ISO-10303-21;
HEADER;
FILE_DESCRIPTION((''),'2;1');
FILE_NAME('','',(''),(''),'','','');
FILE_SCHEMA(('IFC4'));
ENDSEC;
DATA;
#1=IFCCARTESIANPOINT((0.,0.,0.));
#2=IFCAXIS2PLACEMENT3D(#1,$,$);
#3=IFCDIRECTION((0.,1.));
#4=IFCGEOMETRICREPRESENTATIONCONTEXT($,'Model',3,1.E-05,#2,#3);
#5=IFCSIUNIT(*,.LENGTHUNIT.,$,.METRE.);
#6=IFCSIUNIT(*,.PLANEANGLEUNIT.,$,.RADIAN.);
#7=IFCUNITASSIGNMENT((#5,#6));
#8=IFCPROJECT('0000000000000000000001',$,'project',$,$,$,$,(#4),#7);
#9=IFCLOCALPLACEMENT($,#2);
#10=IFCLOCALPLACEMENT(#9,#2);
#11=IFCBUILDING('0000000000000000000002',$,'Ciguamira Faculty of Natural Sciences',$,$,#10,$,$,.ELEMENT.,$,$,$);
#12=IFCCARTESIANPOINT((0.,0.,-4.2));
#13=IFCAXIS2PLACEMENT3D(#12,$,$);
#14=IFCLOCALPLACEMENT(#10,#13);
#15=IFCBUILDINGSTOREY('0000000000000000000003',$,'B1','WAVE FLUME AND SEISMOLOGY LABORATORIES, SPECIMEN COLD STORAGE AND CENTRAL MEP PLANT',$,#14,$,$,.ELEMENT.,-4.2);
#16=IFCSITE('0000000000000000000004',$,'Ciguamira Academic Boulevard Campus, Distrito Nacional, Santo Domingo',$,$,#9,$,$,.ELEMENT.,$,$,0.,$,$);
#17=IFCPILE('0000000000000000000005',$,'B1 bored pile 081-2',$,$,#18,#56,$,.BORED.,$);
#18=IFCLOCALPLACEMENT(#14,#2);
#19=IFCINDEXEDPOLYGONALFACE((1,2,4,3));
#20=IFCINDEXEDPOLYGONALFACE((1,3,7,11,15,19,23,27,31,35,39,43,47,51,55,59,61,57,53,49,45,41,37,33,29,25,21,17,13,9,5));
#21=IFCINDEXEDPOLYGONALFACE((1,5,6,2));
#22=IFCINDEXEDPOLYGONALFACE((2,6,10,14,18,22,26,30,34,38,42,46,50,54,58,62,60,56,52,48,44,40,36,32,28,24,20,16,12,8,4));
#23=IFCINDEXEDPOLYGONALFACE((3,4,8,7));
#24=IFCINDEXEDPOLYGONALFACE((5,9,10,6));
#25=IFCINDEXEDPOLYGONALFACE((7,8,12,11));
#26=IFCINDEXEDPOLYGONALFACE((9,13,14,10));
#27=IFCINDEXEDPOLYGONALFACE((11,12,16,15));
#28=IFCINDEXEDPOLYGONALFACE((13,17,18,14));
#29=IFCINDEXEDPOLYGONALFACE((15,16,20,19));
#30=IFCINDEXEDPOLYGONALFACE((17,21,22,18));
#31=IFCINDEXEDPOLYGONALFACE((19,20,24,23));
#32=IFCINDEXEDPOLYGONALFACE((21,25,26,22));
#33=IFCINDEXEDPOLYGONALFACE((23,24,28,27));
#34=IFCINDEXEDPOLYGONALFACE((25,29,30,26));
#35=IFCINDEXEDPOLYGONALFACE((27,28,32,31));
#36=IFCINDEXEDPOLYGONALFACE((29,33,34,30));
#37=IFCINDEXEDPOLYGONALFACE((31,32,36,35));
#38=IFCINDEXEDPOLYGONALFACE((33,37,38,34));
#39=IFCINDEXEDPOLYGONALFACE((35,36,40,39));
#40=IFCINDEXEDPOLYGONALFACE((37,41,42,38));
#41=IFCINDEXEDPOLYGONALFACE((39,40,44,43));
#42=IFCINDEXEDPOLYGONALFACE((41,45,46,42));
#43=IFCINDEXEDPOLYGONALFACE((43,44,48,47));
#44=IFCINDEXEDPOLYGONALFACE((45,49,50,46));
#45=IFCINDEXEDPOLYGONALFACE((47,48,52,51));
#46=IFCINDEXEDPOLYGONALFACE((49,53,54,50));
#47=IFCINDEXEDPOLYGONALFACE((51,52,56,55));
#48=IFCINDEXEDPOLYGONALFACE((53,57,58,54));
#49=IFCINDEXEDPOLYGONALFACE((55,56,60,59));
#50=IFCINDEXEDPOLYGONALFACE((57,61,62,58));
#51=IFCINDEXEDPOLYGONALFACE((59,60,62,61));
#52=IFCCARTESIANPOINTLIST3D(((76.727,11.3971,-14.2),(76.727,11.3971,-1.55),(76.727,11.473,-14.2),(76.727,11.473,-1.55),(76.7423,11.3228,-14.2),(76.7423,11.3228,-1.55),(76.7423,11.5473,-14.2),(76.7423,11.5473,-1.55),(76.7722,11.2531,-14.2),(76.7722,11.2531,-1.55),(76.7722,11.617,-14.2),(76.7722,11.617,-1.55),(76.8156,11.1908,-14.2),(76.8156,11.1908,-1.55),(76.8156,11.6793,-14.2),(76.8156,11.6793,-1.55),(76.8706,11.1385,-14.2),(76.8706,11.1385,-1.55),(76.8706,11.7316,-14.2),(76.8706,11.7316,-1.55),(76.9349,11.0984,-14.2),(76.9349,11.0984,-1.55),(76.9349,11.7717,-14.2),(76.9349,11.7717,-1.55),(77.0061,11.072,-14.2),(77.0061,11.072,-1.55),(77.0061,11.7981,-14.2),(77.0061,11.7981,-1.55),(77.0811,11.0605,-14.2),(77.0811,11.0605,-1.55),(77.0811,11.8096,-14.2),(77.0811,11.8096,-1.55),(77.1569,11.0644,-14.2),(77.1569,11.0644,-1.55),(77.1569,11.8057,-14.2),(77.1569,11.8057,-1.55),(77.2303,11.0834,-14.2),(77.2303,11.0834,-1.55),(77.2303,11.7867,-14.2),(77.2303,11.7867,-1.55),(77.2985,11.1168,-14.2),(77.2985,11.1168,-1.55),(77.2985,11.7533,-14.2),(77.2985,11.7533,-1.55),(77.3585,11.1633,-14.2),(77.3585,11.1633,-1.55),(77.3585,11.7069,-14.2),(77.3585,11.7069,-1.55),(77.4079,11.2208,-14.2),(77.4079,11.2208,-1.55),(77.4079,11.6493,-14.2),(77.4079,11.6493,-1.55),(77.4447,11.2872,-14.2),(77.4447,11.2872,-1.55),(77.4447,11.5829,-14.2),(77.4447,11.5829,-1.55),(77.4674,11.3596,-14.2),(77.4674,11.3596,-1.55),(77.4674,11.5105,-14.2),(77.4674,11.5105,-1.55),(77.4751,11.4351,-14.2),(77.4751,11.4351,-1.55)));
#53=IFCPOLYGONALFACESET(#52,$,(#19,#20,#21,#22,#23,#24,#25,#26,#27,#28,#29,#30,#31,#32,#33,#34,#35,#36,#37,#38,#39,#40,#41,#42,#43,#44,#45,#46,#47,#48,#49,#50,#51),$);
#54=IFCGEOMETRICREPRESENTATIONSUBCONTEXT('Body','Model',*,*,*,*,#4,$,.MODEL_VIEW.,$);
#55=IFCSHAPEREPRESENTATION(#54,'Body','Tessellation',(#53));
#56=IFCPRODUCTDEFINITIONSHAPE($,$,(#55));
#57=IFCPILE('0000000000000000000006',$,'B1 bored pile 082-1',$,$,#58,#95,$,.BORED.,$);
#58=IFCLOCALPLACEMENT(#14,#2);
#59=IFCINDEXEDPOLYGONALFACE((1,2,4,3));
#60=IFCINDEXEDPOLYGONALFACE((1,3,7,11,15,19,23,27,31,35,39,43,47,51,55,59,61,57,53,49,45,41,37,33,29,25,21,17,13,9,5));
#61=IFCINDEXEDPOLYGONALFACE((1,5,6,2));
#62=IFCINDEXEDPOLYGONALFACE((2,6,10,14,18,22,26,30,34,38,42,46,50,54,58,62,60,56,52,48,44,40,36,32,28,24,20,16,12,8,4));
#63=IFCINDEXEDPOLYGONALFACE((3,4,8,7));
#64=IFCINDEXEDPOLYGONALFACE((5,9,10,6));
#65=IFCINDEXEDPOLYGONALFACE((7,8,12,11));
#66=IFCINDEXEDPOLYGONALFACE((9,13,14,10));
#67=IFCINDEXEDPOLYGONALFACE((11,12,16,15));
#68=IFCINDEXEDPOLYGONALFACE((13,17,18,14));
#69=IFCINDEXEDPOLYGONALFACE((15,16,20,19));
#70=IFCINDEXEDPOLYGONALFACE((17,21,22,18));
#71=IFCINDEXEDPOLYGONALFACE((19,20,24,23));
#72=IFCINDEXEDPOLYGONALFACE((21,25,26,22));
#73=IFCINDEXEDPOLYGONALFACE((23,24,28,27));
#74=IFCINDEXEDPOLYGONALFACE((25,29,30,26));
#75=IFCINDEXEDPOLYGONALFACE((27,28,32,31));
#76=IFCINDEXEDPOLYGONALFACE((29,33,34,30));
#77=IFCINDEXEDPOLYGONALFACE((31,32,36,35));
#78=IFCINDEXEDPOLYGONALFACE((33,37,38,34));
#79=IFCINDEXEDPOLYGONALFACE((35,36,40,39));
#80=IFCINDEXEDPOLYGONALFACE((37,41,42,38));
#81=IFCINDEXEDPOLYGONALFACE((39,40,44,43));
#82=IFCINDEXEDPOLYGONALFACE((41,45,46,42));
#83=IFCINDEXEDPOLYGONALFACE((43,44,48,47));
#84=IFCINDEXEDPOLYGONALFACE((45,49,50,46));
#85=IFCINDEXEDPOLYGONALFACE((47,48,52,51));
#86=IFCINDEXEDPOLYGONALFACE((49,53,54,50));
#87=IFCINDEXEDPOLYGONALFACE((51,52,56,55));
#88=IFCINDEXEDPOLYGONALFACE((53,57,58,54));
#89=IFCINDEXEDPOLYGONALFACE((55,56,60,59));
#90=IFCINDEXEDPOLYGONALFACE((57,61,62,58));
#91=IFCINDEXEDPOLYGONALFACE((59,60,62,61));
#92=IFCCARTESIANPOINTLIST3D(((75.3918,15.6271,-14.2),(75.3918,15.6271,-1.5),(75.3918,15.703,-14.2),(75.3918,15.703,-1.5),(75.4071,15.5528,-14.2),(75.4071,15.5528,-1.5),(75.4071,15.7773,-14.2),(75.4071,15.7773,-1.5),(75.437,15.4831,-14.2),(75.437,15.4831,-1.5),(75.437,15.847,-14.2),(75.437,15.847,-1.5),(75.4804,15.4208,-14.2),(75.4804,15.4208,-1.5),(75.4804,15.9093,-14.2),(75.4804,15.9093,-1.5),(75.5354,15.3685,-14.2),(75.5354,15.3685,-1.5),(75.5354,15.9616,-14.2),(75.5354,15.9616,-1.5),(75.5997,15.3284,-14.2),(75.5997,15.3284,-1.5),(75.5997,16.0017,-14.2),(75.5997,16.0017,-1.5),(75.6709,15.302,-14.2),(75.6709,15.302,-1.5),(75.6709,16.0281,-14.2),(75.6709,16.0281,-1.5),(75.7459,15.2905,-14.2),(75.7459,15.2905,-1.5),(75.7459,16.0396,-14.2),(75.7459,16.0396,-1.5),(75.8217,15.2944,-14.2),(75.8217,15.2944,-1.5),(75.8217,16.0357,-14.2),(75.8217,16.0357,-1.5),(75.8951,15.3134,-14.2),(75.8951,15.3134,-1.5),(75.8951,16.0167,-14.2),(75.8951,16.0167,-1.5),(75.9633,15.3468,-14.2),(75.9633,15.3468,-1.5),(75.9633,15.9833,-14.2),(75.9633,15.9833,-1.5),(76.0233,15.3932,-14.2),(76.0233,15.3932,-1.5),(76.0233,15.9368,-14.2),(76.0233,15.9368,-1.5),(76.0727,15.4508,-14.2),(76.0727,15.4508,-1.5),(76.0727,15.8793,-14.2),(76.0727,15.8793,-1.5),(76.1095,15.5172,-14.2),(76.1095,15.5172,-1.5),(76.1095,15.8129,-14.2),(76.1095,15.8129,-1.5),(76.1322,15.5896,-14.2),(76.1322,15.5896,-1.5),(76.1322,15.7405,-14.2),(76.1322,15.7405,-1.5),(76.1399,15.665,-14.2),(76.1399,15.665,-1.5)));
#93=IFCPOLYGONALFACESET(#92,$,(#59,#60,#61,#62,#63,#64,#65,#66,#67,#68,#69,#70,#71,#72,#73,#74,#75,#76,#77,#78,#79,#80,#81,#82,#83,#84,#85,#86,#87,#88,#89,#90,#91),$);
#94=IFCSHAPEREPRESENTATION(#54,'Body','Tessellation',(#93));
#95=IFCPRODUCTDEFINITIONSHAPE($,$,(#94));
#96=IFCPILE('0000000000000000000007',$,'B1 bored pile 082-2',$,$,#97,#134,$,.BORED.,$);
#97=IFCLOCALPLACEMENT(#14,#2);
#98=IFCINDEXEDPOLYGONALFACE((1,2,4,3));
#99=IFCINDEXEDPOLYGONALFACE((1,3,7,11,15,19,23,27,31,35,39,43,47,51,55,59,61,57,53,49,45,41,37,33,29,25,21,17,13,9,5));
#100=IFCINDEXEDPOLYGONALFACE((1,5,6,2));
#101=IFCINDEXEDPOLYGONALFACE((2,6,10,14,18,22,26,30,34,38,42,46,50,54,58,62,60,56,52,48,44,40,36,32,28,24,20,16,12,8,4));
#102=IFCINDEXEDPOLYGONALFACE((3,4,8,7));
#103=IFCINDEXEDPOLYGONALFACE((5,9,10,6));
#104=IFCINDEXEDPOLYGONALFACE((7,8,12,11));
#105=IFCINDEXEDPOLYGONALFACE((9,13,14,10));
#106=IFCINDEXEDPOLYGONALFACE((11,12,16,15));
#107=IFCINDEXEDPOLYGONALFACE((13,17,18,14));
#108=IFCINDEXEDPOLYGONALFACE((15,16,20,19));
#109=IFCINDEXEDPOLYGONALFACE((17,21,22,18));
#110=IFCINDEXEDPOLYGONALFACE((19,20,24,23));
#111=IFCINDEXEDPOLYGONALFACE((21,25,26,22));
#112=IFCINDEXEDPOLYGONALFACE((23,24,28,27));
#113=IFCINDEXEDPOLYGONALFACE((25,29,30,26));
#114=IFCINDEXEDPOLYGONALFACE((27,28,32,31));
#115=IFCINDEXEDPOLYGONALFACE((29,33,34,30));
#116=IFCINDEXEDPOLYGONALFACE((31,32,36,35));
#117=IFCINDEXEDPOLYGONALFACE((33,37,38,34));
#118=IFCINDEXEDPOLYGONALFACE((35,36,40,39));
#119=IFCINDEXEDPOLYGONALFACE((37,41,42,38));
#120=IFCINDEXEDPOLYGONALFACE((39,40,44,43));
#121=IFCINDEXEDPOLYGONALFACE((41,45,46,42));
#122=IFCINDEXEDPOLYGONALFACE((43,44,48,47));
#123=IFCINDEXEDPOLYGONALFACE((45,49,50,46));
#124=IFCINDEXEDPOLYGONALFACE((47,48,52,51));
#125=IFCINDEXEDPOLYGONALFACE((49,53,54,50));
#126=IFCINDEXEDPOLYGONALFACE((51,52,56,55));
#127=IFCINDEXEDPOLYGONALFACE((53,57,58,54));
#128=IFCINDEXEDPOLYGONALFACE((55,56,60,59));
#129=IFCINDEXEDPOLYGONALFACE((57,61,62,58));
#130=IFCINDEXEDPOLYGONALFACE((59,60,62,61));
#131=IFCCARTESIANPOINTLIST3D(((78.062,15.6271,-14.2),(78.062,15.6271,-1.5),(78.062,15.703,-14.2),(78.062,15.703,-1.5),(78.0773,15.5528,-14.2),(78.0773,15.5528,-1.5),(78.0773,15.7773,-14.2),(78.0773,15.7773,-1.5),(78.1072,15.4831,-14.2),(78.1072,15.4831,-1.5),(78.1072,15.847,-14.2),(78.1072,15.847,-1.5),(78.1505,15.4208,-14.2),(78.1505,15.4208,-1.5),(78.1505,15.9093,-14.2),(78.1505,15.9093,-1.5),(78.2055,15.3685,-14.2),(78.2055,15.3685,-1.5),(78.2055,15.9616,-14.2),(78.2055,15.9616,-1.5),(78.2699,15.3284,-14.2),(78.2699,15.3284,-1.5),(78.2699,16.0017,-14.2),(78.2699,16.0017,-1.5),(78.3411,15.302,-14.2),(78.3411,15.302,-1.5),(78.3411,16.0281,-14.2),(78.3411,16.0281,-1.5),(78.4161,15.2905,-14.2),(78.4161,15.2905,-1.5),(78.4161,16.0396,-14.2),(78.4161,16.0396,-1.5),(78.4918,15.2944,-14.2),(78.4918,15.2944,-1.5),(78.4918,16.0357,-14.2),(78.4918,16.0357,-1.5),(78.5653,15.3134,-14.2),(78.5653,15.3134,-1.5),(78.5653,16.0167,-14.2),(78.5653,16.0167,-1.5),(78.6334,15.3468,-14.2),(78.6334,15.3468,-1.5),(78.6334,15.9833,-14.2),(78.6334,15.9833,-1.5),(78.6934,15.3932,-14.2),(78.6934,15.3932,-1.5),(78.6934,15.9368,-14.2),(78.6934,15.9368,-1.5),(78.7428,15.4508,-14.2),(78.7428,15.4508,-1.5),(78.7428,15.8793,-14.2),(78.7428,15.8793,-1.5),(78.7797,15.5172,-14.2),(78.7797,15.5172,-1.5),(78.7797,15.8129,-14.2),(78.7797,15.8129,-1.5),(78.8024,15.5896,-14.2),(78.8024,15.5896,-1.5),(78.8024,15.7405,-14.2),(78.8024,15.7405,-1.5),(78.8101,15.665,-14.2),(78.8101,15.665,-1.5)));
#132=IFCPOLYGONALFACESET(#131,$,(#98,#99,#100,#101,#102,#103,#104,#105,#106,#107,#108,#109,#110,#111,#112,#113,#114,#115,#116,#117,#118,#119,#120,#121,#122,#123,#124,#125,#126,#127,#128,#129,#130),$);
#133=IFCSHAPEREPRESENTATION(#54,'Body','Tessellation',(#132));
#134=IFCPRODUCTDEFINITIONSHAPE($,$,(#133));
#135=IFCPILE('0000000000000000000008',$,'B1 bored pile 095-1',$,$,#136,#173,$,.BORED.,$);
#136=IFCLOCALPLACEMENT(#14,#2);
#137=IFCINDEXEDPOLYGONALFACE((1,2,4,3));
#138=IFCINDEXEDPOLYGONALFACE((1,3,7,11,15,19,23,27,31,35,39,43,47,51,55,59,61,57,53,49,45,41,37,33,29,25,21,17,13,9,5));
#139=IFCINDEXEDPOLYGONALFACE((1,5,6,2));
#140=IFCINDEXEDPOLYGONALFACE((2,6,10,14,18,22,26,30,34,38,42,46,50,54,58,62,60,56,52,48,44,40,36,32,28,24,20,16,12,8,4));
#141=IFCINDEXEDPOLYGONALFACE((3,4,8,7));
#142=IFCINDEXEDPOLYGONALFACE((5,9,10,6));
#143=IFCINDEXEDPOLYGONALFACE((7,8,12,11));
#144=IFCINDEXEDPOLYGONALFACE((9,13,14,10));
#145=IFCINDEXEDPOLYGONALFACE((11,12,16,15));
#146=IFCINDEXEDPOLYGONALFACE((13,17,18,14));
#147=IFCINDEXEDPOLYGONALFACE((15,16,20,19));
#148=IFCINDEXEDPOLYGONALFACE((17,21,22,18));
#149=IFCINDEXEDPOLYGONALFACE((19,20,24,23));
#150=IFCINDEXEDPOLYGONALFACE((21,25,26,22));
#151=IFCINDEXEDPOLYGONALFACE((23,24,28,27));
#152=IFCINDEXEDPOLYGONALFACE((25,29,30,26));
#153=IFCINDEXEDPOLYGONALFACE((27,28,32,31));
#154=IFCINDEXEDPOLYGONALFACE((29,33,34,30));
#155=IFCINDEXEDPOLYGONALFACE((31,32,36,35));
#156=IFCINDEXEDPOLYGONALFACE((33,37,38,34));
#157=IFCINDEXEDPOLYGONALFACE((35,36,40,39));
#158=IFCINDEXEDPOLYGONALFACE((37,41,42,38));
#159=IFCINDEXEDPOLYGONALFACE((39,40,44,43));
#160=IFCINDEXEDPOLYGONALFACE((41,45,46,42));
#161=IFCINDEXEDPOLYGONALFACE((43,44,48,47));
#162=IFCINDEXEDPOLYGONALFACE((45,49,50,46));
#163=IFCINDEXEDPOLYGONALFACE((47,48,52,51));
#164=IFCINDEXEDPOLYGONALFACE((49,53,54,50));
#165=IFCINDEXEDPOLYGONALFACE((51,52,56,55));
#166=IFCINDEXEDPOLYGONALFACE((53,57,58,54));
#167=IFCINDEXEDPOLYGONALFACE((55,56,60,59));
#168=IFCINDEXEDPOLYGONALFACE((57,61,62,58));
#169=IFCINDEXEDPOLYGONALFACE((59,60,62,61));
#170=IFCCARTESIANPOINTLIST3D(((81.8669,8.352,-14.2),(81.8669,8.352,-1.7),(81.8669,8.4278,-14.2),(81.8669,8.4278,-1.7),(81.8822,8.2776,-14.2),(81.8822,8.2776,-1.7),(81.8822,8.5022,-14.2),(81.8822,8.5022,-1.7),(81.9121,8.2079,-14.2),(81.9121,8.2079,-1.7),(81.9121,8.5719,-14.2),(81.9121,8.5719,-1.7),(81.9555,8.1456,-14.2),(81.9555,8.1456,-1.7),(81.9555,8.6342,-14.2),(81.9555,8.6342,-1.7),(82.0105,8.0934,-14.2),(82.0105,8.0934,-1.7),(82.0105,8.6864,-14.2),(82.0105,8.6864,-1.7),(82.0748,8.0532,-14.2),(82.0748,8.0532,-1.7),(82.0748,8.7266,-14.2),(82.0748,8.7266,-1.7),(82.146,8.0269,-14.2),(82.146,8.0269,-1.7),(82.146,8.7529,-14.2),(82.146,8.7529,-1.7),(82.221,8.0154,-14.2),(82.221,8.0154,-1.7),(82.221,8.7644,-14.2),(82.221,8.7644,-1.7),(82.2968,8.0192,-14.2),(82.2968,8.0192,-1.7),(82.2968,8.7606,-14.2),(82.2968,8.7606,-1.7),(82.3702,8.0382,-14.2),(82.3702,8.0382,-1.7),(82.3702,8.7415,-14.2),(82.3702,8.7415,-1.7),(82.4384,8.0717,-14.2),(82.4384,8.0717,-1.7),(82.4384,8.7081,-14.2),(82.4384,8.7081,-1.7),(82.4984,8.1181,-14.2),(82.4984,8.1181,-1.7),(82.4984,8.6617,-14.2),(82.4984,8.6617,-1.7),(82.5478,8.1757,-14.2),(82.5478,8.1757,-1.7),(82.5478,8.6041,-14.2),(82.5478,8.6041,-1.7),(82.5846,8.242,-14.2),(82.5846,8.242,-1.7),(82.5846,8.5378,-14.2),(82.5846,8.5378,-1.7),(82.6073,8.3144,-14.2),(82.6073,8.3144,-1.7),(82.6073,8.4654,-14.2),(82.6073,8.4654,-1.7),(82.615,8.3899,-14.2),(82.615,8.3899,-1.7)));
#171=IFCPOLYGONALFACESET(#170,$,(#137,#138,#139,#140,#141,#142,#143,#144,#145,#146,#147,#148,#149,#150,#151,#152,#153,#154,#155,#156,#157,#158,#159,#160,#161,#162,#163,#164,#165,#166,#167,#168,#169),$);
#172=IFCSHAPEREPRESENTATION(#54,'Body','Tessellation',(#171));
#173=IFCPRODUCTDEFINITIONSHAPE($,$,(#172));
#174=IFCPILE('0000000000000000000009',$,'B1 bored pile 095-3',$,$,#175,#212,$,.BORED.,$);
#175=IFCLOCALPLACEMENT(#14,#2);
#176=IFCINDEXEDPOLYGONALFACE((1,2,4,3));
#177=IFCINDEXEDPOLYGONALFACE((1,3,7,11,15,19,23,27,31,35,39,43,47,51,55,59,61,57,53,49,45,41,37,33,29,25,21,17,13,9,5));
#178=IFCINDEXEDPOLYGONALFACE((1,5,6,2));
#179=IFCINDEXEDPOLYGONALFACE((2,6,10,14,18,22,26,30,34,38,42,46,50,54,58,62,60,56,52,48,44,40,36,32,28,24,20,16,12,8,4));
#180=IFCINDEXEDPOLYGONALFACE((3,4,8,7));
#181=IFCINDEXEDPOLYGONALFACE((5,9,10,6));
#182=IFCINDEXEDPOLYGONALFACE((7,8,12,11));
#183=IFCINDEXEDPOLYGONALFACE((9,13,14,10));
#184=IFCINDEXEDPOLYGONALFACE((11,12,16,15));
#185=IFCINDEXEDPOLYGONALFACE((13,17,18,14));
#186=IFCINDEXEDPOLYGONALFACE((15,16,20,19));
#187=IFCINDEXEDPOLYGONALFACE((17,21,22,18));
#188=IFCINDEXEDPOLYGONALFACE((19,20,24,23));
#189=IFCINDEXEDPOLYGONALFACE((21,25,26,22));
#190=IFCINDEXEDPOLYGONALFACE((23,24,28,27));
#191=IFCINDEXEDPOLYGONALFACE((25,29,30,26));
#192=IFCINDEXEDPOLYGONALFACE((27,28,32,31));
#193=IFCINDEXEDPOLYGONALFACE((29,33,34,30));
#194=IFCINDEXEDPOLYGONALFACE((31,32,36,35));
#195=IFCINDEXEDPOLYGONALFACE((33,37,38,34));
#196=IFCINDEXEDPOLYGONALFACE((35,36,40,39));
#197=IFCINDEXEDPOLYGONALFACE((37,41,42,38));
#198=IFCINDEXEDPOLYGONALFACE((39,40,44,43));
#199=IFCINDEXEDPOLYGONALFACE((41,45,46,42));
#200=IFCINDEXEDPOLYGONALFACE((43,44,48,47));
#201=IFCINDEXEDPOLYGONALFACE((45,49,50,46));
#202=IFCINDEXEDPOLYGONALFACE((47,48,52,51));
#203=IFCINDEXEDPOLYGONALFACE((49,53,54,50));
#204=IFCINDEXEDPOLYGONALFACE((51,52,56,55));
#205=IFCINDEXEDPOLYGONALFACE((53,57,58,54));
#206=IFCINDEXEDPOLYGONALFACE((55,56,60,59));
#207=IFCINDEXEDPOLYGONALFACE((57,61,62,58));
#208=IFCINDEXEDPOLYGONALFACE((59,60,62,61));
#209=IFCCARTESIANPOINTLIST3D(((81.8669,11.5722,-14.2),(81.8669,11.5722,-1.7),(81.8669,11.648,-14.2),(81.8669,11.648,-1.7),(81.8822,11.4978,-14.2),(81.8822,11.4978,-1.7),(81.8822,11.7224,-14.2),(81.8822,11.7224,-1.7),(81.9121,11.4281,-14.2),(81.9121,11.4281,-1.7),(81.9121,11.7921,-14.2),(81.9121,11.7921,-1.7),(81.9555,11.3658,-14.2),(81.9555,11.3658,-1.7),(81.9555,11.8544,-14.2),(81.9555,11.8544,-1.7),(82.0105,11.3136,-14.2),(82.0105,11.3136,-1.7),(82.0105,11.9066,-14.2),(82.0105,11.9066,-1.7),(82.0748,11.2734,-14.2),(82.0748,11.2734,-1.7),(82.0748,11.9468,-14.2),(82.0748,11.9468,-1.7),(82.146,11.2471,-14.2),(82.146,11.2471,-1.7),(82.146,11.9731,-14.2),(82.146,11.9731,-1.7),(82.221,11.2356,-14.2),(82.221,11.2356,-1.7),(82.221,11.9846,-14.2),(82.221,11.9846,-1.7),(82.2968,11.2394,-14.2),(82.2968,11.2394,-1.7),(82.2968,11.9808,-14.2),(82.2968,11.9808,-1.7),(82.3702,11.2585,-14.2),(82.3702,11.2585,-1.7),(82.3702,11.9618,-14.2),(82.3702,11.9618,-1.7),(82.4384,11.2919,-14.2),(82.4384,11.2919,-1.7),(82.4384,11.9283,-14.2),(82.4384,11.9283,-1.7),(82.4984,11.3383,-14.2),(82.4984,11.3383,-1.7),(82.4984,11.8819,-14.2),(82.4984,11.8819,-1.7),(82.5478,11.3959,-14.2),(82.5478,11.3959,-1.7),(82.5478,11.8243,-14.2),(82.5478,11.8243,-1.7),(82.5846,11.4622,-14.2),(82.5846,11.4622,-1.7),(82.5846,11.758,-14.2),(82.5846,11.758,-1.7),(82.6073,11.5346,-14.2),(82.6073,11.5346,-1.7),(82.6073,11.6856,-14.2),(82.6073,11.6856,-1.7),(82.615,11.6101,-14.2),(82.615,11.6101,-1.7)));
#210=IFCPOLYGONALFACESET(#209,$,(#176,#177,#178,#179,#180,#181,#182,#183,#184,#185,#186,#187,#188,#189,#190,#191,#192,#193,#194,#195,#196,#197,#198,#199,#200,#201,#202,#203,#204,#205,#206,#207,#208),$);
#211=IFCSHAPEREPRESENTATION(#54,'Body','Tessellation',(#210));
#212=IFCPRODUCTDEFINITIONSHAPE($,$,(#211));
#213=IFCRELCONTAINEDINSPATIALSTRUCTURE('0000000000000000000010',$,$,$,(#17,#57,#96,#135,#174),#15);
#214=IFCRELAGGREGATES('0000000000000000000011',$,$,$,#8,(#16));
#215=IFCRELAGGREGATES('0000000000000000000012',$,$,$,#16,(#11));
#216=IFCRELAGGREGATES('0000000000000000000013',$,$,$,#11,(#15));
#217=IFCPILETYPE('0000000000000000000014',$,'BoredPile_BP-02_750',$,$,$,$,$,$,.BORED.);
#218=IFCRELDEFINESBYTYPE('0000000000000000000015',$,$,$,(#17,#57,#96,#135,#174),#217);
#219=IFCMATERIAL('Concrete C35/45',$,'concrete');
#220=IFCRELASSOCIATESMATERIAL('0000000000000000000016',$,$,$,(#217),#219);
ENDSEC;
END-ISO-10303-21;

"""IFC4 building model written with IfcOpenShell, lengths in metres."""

from ifc_helpers import new_model, si_unit, direction, frame, origin, origin_2d, place, context, subcontext, project, spatial, circle, extrude, material, material_profile, profile_set, type_object, element, save


model = new_model("IFC4")

# Units and contexts
model_context = context("Model", 3, precision=1e-05, world=origin(), true_north=direction((0.0, 1.0)))
body_context = subcontext(model_context, "Body", "Model", "MODEL_VIEW")
ifc_project = project(units=[si_unit("LENGTHUNIT", "METRE"), si_unit("PLANEANGLEUNIT", "RADIAN")], contexts=[model_context])

# Site, building, storey
site_placement = place(None, origin())
site = spatial("IfcSite", under=ifc_project, at=site_placement, Name="Ciguamira Academic Boulevard Campus, Distrito Nacional, Santo Domingo", CompositionType="ELEMENT", RefElevation=0.0)
building_placement = place(site_placement, origin())
building = spatial("IfcBuilding", under=site, at=building_placement, Name="Ciguamira Faculty of Natural Sciences", CompositionType="ELEMENT")
storey_placement = place(building_placement, frame((0.0, 0.0, -4.2)))
storey = spatial("IfcBuildingStorey", under=building, at=storey_placement, Name="B1", Description="WAVE FLUME AND SEISMOLOGY LABORATORIES, SPECIMEN COLD STORAGE AND CENTRAL MEP PLANT", CompositionType="ELEMENT", Elevation=-4.2)

# Piles
ifc_material_1 = material(Name="Concrete C35/45", Category="concrete")
ifc_material_profile_1 = material_profile(ifc_material_1, circle(Radius=0.375, at=origin_2d()), Name="PILE-BORED-750")
ifc_profile_set_1 = profile_set([ifc_material_profile_1], Name="Concrete C35/45")
pile_type_1 = type_object("IfcPileType", Name="BoredPile_BP-02_750", PredefinedType="BORED", material=ifc_profile_set_1)
for number, where, z_axis, x_axis, name in (
    (1, (77.1001, 11.4351, -1.55), (0.0, 0.0, -1.0), (1.0, 0.0, 0.0), "B1 bored pile 081-2"),
):
    element("IfcPile", number, at=place(storey_placement, frame(where, z_axis=z_axis, x_axis=x_axis)), inside=storey, type_object=pile_type_1, Name=name, PredefinedType="BORED", context=body_context, shape_type="SweptSolid", body=[
        extrude(circle(Radius=0.375, at=origin_2d()), origin(), (0.0, 0.0, 1.0), 12.6499),
    ])
for number, where, z_axis, x_axis, name in (
    (2, (75.7649, 15.665, -1.5), (0.0, 0.0, -1.0), (1.0, 0.0, 0.0), "B1 bored pile 082-1"),
    (3, (78.4351, 15.665, -1.5), (0.0, 0.0, -1.0), (1.0, 0.0, 0.0), "B1 bored pile 082-2"),
):
    element("IfcPile", number, at=place(storey_placement, frame(where, z_axis=z_axis, x_axis=x_axis)), inside=storey, type_object=pile_type_1, Name=name, PredefinedType="BORED", context=body_context, shape_type="SweptSolid", body=[
        extrude(circle(Radius=0.375, at=origin_2d()), origin(), (0.0, 0.0, 1.0), 12.7),
    ])
for number, where, z_axis, x_axis, name in (
    (4, (82.24, 8.3899, -1.7), (0.0, 0.0, -1.0), (1.0, 0.0, 0.0), "B1 bored pile 095-1"),
    (5, (82.24, 11.6101, -1.7), (0.0, 0.0, -1.0), (1.0, 0.0, 0.0), "B1 bored pile 095-3"),
):
    element("IfcPile", number, at=place(storey_placement, frame(where, z_axis=z_axis, x_axis=x_axis)), inside=storey, type_object=pile_type_1, Name=name, PredefinedType="BORED", context=body_context, shape_type="SweptSolid", body=[
        extrude(circle(Radius=0.375, at=origin_2d()), origin(), (0.0, 0.0, 1.0), 12.5),
    ])

save(model, "model.ifc")
